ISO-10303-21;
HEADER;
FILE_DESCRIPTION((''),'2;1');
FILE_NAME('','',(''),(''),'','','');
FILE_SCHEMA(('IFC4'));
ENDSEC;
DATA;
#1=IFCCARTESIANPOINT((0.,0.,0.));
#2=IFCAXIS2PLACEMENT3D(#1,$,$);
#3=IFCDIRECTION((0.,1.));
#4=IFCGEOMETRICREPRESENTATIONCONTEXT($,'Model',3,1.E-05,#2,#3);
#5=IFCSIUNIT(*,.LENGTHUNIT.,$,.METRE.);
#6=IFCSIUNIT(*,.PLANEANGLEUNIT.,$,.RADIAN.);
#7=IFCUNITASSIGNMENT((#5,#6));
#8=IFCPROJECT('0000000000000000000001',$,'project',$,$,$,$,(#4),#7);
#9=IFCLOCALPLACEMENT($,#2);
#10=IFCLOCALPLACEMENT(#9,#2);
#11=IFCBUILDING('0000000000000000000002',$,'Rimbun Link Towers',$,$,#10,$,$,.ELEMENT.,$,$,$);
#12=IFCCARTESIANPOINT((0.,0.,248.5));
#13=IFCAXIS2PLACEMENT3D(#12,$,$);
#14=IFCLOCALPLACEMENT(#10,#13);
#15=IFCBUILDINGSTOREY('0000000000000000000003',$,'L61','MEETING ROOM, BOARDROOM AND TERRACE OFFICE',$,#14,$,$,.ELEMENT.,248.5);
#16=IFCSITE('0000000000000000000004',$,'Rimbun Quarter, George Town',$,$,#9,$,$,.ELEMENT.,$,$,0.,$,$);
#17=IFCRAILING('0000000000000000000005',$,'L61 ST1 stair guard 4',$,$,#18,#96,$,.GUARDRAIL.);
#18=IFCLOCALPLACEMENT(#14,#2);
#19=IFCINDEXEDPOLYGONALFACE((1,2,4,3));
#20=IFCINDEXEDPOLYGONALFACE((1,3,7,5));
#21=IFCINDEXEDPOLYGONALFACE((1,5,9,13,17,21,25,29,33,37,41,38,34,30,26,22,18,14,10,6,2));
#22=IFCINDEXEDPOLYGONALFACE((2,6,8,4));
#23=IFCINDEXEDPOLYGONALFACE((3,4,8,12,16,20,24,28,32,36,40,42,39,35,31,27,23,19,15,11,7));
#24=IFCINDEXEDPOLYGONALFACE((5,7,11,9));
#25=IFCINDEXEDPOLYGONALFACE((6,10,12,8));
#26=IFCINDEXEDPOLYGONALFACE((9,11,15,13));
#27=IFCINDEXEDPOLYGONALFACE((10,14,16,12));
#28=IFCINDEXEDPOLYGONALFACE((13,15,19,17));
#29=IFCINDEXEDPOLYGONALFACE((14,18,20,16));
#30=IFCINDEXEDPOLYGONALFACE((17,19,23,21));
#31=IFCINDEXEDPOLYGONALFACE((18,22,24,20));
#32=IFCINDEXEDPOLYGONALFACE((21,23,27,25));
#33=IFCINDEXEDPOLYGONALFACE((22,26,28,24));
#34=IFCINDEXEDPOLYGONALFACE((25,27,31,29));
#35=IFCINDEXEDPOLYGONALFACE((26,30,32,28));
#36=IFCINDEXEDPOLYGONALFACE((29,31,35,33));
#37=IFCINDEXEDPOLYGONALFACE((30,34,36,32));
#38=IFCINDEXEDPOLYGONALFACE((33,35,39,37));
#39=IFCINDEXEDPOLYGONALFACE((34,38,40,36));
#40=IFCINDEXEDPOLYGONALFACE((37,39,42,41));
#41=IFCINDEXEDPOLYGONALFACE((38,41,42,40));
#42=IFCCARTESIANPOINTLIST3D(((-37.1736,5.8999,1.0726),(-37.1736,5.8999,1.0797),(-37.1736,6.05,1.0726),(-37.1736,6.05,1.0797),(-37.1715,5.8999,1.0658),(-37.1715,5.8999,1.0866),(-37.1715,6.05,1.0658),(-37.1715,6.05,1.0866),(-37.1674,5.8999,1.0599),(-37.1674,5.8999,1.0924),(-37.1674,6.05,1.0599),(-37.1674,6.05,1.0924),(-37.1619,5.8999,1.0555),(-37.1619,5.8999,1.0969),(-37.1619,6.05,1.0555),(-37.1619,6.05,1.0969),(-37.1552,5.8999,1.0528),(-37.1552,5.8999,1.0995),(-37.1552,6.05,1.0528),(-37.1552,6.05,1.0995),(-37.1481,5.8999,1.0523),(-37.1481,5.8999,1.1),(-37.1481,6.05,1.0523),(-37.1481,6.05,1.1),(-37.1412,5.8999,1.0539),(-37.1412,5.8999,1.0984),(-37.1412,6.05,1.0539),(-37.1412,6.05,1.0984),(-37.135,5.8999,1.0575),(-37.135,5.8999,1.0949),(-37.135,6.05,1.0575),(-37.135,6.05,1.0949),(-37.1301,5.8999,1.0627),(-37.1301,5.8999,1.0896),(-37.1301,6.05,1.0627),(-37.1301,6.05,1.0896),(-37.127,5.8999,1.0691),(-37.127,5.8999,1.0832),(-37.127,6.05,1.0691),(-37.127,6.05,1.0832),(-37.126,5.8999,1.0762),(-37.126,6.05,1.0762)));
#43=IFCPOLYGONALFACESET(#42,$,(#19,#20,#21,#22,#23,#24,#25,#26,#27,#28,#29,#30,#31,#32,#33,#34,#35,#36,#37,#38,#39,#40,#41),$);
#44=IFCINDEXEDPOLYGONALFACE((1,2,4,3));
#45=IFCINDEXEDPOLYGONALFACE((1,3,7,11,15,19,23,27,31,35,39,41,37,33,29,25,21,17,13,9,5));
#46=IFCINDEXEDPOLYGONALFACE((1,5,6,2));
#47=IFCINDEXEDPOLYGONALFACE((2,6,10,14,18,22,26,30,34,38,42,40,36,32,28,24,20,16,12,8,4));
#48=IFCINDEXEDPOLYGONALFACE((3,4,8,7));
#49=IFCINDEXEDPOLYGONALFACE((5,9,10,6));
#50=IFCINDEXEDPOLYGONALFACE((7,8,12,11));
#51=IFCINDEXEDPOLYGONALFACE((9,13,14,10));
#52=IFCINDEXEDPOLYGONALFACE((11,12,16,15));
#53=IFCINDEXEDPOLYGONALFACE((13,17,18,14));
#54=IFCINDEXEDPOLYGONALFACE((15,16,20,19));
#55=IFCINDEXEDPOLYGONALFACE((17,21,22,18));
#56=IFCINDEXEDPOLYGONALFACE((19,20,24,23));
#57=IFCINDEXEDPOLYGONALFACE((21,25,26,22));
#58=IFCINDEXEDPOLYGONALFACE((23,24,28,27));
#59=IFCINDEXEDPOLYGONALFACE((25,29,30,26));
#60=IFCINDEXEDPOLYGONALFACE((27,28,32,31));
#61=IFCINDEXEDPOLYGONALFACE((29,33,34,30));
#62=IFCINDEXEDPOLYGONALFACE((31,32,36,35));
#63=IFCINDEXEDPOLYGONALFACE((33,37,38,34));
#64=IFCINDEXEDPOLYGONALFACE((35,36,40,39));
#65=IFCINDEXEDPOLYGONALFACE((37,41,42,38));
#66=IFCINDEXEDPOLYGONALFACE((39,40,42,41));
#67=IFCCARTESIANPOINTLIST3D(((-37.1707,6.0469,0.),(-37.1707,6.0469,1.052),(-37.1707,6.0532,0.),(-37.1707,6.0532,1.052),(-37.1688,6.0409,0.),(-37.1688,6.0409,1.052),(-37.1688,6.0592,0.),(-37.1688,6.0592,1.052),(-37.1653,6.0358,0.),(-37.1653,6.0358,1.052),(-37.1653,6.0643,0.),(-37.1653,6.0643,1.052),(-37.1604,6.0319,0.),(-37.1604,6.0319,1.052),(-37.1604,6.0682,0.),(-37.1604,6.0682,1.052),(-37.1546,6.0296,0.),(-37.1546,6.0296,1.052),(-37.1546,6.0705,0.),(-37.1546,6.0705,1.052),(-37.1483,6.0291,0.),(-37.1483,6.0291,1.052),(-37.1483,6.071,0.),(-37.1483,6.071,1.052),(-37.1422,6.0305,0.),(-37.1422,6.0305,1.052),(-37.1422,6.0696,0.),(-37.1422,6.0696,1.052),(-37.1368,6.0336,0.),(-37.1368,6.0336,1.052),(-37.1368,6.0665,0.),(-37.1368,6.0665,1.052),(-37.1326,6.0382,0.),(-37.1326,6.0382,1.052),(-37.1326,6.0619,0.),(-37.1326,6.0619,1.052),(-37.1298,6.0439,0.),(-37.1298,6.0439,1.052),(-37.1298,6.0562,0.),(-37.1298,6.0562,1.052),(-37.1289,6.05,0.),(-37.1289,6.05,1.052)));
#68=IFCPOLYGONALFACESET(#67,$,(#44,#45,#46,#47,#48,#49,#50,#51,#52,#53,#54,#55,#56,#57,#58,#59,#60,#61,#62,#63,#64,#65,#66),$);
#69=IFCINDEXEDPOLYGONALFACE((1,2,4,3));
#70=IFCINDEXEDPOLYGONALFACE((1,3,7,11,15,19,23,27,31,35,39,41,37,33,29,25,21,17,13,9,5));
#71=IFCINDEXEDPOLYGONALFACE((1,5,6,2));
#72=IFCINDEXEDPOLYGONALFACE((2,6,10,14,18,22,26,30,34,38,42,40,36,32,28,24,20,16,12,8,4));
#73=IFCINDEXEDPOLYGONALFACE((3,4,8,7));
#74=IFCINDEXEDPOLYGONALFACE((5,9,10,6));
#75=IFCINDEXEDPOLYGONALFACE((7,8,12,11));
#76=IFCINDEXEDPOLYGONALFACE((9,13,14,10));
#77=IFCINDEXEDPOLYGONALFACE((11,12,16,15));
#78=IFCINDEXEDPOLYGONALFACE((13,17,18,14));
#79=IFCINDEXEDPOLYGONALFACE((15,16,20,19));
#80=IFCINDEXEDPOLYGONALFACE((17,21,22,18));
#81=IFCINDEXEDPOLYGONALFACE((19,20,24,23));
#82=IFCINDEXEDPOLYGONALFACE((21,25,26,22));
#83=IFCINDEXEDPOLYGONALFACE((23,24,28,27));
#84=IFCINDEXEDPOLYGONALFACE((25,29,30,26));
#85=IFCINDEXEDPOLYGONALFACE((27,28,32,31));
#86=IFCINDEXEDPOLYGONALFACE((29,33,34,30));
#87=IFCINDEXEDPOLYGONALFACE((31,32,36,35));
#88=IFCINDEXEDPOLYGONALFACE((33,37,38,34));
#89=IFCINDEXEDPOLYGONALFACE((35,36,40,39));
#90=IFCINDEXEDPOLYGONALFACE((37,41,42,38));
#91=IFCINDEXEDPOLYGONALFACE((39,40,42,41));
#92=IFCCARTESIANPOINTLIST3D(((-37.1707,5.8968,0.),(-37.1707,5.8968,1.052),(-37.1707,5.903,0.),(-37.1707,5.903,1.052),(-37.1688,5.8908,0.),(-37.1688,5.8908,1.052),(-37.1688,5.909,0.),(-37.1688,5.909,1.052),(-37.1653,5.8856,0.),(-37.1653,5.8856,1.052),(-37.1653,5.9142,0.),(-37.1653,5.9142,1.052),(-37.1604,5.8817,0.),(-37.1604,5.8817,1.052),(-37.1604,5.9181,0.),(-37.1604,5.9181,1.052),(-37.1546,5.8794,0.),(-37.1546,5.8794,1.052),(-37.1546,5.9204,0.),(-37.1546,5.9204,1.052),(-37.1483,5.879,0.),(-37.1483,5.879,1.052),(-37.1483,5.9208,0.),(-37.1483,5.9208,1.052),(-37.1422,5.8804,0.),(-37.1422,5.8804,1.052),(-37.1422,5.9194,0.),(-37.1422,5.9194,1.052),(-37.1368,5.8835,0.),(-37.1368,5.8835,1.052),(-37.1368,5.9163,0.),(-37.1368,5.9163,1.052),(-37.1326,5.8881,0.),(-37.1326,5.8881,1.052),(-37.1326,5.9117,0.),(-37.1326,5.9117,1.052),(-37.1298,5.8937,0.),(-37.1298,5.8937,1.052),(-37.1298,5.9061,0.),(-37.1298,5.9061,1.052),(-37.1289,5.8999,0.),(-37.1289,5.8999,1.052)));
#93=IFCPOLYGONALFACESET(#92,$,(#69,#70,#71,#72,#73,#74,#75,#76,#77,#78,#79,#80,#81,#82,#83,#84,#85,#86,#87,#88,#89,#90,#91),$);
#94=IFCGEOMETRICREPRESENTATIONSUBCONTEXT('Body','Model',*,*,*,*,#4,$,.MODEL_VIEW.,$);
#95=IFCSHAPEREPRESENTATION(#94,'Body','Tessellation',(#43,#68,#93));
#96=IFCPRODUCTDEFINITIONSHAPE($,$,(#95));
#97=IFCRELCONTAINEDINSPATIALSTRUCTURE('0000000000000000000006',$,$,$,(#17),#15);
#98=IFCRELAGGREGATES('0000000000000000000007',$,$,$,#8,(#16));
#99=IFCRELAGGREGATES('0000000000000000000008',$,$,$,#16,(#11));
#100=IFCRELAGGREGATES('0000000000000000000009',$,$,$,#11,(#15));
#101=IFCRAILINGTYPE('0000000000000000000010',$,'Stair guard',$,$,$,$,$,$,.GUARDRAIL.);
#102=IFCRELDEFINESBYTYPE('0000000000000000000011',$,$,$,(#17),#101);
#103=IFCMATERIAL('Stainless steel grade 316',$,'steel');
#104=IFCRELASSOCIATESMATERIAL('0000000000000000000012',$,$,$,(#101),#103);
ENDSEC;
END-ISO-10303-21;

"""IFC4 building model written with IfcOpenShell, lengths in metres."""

from ifc_helpers import new_model, si_unit, direction, frame, origin, origin_2d, place, context, subcontext, project, spatial, circle, extrude, material, type_object, element, save


model = new_model("IFC4")

# Units and contexts
model_context = context("Model", 3, precision=1e-05, world=origin(), true_north=direction((0.0, 1.0)))
body_context = subcontext(model_context, "Body", "Model", "MODEL_VIEW")
ifc_project = project(units=[si_unit("LENGTHUNIT", "METRE"), si_unit("PLANEANGLEUNIT", "RADIAN")], contexts=[model_context])

# Site, building, storey
site_placement = place(None, origin())
site = spatial("IfcSite", under=ifc_project, at=site_placement, Name="Rimbun Quarter, George Town", CompositionType="ELEMENT", RefElevation=0.0)
building_placement = place(site_placement, origin())
building = spatial("IfcBuilding", under=site, at=building_placement, Name="Rimbun Link Towers", CompositionType="ELEMENT")
storey_placement = place(building_placement, frame((0.0, 0.0, 248.5)))
storey = spatial("IfcBuildingStorey", under=building, at=storey_placement, Name="L61", Description="MEETING ROOM, BOARDROOM AND TERRACE OFFICE", CompositionType="ELEMENT", Elevation=248.5)

# Railing
ifc_material_1 = material(Name="Stainless steel grade 316", Category="steel")
railing_type_1 = type_object("IfcRailingType", Name="Stair guard", PredefinedType="GUARDRAIL", material=ifc_material_1)
railing_1_placement = place(storey_placement, frame((-37.1499, 6.05, 0.0)))
element("IfcRailing", 1, at=railing_1_placement, inside=storey, type_object=railing_type_1, Name="L61 ST1 stair guard 4", PredefinedType="GUARDRAIL", context=body_context, shape_type="SweptSolid", body=[
    extrude(circle(Radius=0.0239, at=origin_2d()), frame((0.0, 0.0, 1.0762), z_axis=(0.0, -1.0, 0.0), x_axis=(1.0, 0.0, 0.0)), (0.0, 0.0, 1.0), 0.1501),
    extrude(circle(Radius=0.021, at=origin_2d()), origin(), (0.0, 0.0, 1.0), 1.052),
    extrude(circle(Radius=0.021, at=origin_2d()), frame((0.0, -0.1501, 0.0)), (0.0, 0.0, 1.0), 1.052),
])

save(model, "model.ifc")
